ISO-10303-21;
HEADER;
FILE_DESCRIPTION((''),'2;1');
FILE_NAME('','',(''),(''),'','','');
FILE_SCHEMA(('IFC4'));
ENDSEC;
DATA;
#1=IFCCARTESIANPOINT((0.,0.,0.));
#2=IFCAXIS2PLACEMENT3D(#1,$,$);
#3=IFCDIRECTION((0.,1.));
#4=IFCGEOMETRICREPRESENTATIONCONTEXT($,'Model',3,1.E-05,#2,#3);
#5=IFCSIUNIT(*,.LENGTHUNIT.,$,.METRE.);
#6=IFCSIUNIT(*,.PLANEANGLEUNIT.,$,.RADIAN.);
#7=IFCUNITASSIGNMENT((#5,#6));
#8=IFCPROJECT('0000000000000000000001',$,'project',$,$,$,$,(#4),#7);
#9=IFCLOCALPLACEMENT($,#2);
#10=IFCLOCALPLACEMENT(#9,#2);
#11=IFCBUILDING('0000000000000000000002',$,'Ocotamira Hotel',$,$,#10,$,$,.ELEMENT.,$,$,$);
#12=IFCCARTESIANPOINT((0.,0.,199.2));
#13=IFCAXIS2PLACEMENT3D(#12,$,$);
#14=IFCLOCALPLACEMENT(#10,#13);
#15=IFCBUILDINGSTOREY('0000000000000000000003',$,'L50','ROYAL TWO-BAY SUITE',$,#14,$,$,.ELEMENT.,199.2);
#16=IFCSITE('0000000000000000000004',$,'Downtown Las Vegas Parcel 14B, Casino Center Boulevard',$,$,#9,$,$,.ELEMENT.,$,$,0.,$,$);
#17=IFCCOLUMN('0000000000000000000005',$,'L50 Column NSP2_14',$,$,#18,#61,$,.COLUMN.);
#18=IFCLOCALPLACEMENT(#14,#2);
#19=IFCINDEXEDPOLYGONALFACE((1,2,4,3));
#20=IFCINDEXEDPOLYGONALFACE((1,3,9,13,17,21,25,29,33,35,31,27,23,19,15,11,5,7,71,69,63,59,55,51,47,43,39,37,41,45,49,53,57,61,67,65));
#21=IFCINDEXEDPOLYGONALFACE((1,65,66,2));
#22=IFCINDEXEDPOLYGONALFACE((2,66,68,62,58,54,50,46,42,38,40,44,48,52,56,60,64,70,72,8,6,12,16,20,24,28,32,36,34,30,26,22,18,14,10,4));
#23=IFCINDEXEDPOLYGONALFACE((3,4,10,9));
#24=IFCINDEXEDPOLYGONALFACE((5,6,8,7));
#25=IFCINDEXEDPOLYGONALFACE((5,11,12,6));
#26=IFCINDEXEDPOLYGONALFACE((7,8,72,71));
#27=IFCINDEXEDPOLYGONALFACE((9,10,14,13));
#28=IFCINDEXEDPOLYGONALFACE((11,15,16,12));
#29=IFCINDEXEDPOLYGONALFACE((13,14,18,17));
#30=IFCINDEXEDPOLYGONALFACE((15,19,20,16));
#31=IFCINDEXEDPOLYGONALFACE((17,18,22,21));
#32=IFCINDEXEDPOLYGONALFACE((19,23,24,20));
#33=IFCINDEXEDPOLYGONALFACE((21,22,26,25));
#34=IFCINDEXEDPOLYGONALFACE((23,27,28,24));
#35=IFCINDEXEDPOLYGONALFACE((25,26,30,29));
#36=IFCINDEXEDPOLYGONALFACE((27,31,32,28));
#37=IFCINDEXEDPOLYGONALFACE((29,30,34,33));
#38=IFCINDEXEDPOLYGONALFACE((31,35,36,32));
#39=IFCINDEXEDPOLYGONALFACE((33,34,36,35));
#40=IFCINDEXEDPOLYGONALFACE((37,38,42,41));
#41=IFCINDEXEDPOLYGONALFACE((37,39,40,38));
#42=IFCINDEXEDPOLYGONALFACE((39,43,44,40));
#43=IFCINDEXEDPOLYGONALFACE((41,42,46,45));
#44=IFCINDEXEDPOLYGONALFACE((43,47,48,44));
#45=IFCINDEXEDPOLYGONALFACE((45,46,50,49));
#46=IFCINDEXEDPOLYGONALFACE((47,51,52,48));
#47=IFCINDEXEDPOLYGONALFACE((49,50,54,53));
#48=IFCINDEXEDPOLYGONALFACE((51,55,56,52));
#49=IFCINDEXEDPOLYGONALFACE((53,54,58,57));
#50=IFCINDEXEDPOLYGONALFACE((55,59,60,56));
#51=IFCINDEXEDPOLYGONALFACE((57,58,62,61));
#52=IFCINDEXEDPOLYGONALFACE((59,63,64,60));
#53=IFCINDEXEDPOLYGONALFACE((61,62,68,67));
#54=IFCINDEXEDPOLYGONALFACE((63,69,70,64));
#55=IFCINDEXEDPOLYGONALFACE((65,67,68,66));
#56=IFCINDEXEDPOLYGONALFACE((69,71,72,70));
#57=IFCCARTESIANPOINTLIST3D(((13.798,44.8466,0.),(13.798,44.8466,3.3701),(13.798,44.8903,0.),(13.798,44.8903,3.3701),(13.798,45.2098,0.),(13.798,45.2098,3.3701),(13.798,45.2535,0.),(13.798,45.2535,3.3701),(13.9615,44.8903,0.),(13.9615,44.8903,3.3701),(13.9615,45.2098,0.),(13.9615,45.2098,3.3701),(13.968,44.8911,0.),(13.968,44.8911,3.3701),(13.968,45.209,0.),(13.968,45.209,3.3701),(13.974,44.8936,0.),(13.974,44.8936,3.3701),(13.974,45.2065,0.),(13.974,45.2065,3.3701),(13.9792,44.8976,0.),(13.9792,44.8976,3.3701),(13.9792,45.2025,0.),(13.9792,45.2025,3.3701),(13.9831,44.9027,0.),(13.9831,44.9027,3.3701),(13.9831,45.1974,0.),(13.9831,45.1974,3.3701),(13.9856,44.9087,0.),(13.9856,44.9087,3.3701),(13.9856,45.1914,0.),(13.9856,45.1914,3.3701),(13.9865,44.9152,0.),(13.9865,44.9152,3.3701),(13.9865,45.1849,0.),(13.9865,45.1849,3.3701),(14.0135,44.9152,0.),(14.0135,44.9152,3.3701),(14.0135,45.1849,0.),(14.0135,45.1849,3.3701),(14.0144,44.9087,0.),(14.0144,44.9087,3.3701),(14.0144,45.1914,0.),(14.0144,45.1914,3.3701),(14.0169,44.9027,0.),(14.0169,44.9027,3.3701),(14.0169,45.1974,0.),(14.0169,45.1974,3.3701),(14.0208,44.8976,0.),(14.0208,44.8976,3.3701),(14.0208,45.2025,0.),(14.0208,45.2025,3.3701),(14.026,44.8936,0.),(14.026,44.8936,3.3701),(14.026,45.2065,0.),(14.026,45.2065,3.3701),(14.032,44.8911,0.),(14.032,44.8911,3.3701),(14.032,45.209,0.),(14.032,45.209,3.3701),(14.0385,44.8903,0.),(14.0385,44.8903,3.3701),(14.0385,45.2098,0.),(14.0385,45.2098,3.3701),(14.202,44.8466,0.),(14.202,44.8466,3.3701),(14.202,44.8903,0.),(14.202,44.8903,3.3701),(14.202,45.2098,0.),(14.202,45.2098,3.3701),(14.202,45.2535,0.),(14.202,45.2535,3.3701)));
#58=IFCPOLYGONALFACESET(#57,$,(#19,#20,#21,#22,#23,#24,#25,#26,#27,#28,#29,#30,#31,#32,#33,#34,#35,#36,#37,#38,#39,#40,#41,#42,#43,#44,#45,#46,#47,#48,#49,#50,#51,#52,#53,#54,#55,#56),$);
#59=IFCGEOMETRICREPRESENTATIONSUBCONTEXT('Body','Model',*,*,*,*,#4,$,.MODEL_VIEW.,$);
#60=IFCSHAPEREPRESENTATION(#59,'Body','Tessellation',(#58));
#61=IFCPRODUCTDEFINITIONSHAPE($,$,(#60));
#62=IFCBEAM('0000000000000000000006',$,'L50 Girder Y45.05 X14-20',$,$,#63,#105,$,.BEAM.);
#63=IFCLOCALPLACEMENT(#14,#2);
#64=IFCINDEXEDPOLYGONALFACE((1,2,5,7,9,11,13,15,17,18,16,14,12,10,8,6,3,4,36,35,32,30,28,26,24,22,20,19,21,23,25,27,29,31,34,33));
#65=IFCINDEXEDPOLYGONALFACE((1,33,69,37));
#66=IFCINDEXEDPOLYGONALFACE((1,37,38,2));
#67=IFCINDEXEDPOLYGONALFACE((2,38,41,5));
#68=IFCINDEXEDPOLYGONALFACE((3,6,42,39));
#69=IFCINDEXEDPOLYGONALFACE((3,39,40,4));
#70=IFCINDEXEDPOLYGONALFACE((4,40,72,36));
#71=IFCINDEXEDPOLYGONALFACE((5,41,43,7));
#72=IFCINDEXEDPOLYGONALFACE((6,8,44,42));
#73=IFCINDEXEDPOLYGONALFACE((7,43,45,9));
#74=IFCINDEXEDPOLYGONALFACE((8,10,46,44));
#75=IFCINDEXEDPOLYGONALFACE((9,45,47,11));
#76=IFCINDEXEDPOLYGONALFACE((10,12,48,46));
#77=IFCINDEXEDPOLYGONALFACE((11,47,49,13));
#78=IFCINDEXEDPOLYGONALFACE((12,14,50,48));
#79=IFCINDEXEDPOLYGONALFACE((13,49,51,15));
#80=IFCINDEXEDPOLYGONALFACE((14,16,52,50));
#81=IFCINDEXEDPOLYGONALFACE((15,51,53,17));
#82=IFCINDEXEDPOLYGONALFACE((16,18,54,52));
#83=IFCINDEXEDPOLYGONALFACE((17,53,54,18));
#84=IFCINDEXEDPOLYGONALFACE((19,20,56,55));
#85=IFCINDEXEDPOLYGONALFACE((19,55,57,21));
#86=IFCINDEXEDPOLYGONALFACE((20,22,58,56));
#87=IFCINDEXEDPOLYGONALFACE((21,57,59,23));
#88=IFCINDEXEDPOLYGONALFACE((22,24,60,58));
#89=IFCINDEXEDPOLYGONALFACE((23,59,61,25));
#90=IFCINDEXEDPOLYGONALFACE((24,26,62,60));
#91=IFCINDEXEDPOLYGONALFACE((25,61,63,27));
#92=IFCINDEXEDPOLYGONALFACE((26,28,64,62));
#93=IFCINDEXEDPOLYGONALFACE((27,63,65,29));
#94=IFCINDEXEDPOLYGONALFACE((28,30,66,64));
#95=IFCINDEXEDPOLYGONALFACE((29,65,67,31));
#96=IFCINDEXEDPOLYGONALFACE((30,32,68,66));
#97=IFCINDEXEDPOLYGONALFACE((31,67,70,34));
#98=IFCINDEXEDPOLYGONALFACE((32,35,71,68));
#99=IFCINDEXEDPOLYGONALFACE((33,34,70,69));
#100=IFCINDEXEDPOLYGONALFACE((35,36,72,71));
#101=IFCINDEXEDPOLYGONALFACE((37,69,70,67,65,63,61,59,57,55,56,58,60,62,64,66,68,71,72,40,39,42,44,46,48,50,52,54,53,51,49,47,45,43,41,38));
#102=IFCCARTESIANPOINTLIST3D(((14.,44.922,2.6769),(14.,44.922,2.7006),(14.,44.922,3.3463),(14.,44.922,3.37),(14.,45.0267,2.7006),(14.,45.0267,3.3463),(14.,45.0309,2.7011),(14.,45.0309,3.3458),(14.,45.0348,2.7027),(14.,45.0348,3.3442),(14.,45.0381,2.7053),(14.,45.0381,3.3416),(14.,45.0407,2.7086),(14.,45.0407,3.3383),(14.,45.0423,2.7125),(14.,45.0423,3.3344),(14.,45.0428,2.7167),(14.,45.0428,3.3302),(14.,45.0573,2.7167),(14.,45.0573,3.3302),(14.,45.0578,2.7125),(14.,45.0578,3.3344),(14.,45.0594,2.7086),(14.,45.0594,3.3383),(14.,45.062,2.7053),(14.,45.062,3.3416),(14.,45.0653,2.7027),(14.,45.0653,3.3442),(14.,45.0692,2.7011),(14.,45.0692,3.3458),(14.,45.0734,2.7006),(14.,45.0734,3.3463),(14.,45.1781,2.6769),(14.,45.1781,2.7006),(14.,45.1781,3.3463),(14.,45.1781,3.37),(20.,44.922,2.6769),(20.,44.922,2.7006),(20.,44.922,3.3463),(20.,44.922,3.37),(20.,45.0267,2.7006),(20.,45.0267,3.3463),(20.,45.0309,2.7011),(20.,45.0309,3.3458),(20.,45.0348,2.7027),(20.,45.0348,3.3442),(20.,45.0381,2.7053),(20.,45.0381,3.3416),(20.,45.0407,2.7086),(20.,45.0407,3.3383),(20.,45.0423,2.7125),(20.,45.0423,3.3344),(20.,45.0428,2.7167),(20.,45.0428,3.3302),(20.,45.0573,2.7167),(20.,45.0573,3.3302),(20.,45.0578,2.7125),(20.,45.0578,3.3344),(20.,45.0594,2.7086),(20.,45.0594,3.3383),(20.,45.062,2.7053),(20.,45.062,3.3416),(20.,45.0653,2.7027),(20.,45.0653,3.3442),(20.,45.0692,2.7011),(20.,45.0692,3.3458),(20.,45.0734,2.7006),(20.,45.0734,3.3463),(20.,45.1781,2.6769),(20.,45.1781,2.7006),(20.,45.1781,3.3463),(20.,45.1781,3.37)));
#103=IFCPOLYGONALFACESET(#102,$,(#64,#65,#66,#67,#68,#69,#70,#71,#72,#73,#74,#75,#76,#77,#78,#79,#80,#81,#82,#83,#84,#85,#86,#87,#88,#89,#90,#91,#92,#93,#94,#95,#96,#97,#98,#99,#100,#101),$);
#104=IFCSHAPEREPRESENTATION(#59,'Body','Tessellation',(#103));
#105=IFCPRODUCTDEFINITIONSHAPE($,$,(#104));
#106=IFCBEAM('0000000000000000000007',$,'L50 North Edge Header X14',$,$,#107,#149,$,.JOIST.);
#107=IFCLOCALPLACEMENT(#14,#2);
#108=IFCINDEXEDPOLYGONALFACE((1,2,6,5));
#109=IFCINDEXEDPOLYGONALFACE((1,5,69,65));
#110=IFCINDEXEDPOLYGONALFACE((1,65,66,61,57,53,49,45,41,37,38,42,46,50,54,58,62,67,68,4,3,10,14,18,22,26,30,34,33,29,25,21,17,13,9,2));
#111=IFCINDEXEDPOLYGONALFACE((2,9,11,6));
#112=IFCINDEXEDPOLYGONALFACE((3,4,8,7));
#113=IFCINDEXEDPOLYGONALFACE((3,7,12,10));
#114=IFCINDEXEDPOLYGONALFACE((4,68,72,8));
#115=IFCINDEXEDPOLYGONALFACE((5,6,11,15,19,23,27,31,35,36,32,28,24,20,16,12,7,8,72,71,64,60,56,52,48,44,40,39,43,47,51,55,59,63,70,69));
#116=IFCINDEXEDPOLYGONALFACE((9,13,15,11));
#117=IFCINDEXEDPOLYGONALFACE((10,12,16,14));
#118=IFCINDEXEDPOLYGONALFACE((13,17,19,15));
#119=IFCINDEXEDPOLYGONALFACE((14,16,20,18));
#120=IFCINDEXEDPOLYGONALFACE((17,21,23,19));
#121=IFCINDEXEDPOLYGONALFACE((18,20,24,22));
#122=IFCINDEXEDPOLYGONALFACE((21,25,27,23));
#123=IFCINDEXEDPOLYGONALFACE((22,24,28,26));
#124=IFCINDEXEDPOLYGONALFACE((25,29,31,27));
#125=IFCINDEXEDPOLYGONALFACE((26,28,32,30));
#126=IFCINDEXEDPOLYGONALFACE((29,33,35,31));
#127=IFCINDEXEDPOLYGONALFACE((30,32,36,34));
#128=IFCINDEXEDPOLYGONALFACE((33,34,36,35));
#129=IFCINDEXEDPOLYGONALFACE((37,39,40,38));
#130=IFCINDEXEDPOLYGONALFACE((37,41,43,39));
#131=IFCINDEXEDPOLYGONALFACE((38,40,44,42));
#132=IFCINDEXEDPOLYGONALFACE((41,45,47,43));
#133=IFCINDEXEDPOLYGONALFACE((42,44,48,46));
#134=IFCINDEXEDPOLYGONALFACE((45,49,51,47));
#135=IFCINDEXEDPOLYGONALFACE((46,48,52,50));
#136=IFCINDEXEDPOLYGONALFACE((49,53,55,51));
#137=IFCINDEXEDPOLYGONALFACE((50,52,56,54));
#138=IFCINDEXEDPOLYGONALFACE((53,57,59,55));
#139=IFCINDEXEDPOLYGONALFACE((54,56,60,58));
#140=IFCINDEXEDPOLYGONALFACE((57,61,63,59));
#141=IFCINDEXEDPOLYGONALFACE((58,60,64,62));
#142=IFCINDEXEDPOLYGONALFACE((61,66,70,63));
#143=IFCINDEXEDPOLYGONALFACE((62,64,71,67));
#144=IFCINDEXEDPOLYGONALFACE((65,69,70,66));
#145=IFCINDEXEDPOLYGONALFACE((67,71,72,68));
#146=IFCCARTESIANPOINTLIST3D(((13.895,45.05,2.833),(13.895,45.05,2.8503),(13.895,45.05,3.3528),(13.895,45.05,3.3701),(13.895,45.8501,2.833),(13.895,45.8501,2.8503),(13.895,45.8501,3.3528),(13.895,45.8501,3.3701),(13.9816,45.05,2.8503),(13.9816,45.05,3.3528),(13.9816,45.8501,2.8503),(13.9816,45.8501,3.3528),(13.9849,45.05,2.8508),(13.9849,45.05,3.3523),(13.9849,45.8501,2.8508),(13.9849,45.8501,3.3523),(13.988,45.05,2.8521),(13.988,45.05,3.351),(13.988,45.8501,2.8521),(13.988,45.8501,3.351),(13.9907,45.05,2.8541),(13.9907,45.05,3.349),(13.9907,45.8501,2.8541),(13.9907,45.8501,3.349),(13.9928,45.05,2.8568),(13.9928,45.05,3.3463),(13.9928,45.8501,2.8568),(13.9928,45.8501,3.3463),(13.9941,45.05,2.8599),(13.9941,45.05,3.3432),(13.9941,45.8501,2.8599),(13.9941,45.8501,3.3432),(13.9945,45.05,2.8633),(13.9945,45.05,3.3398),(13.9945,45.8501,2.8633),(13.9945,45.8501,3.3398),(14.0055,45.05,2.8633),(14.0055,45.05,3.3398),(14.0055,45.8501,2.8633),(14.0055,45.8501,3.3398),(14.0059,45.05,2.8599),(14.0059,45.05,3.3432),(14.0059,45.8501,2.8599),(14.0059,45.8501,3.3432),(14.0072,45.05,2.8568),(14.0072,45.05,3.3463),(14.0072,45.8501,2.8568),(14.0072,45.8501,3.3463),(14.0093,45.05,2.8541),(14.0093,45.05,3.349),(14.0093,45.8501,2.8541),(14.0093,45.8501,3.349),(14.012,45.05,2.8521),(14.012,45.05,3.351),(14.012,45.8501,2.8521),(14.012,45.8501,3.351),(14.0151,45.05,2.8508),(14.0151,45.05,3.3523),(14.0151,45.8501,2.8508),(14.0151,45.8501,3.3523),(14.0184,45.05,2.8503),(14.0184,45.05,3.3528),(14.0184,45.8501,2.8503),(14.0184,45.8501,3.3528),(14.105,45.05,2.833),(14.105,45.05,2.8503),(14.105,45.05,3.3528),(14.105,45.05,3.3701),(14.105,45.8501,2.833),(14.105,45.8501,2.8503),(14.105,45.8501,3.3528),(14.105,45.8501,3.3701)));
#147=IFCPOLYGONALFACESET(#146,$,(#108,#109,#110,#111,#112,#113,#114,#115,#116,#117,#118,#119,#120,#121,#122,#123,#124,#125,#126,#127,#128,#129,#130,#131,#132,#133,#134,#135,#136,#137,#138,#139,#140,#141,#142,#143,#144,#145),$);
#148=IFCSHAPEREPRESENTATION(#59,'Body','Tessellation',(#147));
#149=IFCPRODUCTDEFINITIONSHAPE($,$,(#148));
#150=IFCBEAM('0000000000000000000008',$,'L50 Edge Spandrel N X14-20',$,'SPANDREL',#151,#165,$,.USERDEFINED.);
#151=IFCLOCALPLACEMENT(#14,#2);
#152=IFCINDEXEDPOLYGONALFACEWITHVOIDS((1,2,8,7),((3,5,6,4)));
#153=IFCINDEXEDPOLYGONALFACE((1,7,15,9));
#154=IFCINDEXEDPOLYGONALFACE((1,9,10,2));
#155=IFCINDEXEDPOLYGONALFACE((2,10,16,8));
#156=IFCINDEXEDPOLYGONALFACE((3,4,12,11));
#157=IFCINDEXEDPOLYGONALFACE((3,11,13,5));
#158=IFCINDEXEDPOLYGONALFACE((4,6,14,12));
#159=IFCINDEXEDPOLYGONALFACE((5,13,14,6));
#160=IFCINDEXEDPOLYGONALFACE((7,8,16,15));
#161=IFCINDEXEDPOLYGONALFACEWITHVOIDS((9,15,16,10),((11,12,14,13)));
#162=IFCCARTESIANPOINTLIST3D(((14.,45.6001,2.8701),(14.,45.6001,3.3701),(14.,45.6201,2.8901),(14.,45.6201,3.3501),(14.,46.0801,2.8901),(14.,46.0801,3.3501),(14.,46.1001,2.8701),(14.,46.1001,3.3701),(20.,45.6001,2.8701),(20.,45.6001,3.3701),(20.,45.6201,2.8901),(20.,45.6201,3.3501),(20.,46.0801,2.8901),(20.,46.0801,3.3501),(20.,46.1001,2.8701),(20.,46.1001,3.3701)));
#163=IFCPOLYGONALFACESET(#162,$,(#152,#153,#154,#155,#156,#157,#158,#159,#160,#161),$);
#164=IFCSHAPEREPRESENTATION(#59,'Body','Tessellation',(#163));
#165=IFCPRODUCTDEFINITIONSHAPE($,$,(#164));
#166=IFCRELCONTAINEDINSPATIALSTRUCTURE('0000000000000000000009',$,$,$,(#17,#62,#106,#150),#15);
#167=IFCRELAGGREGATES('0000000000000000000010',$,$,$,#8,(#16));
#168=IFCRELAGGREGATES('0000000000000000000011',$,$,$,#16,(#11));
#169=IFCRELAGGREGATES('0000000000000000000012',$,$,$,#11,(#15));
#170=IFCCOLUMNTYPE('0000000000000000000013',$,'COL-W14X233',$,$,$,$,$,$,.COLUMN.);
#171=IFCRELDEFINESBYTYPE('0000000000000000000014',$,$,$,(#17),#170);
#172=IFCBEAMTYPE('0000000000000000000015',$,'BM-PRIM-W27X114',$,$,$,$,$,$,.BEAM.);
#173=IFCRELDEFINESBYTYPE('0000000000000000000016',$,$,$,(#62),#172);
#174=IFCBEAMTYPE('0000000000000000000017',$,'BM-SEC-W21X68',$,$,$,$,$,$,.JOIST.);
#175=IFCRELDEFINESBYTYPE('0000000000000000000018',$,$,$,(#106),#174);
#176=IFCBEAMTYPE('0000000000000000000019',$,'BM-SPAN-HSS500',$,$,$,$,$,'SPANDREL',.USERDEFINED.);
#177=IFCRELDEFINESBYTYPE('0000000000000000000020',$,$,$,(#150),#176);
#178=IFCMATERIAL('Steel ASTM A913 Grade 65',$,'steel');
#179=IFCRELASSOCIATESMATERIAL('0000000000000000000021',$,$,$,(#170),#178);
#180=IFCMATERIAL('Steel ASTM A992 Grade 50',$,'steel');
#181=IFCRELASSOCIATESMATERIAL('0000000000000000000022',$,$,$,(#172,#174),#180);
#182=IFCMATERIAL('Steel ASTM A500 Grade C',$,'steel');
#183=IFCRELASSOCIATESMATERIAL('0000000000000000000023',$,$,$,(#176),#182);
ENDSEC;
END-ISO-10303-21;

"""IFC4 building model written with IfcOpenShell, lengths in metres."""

from ifc_helpers import new_model, si_unit, direction, frame, origin, origin_2d, place, context, subcontext, project, spatial, hollow_rectangle, i_section, extrude, source, transform, mapped, material, material_profile, profile_set, type_object, element, save


model = new_model("IFC4")

# Units and contexts
model_context = context("Model", 3, precision=1e-05, world=origin(), true_north=direction((0.0, 1.0)))
body_context = subcontext(model_context, "Body", "Model", "MODEL_VIEW")
ifc_project = project(units=[si_unit("LENGTHUNIT", "METRE"), si_unit("PLANEANGLEUNIT", "RADIAN")], contexts=[model_context])

# Site, building, storey
site_placement = place(None, origin())
site = spatial("IfcSite", under=ifc_project, at=site_placement, Name="Downtown Las Vegas Parcel 14B, Casino Center Boulevard", CompositionType="ELEMENT", RefElevation=0.0)
building_placement = place(site_placement, origin())
building = spatial("IfcBuilding", under=site, at=building_placement, Name="Ocotamira Hotel", CompositionType="ELEMENT")
storey_placement = place(building_placement, frame((0.0, 0.0, 199.2)))
storey = spatial("IfcBuildingStorey", under=building, at=storey_placement, Name="L50", Description="ROYAL TWO-BAY SUITE", CompositionType="ELEMENT", Elevation=199.2)

# Column
ifc_material_1 = material(Name="Steel ASTM A913 Grade 65", Category="steel")
ifc_material_profile_1 = material_profile(ifc_material_1, i_section(OverallWidth=0.4041, OverallDepth=0.407, WebThickness=0.0271, FlangeThickness=0.0437, FilletRadius=0.0249, at=origin_2d()), Name="W14X233")
ifc_profile_set_1 = profile_set([ifc_material_profile_1], Name="Steel ASTM A913 Grade 65")
column_type = type_object("IfcColumnType", Name="COL-W14X233", PredefinedType="COLUMN", material=ifc_profile_set_1)
shared_shape_1 = source(origin(), body_context, "Body", "SweptSolid", [
    extrude(i_section(OverallWidth=0.4041, OverallDepth=0.407, WebThickness=0.0271, FlangeThickness=0.0437, FilletRadius=0.0249, at=origin_2d()), origin(), (0.0, 0.0, 1.0), 3.3701),
])
column_placement = place(storey_placement, frame((14.0, 45.05, 0.0), z_axis=(0.0, 0.0, 1.0), x_axis=(1.0, 0.0, 0.0)))
element("IfcColumn", 1, at=column_placement, inside=storey, type_object=column_type, Name="L50 Column NSP2_14", PredefinedType="COLUMN", context=body_context, shape_type="MappedRepresentation", body=[
    mapped(shared_shape_1, transform((0.0, 0.0, 0.0), scale=1.0)),
])

# Beams
ifc_material_2 = material(Name="Steel ASTM A992 Grade 50", Category="steel")
ifc_material_profile_2 = material_profile(ifc_material_2, i_section(OverallWidth=0.2561, OverallDepth=0.6931, WebThickness=0.0144, FlangeThickness=0.0237, FilletRadius=0.0161, at=origin_2d()), Name="W27X114")
ifc_profile_set_2 = profile_set([ifc_material_profile_2], Name="Steel ASTM A992 Grade 50")
beam_type_1 = type_object("IfcBeamType", Name="BM-PRIM-W27X114", PredefinedType="BEAM", material=ifc_profile_set_2)
shared_shape_2 = source(origin(), body_context, "Body", "SweptSolid", [
    extrude(i_section(OverallWidth=0.2561, OverallDepth=0.6931, WebThickness=0.0144, FlangeThickness=0.0237, FilletRadius=0.0161, at=origin_2d()), origin(), (0.0, 0.0, 1.0), 6.0),
])
beam_1_placement = place(storey_placement, frame((14.0, 45.05, 3.0234), z_axis=(1.0, 0.0, 0.0), x_axis=(0.0, 1.0, 0.0)))
element("IfcBeam", 2, at=beam_1_placement, inside=storey, type_object=beam_type_1, Name="L50 Girder Y45.05 X14-20", PredefinedType="BEAM", context=body_context, shape_type="MappedRepresentation", body=[
    mapped(shared_shape_2, transform((0.0, 0.0, 0.0), scale=1.0)),
])
ifc_material_profile_3 = material_profile(ifc_material_2, i_section(OverallWidth=0.21, OverallDepth=0.5371, WebThickness=0.011, FlangeThickness=0.0173, FilletRadius=0.0129, at=origin_2d()), Name="W21X68")
ifc_profile_set_3 = profile_set([ifc_material_profile_3], Name="Steel ASTM A992 Grade 50")
beam_type_2 = type_object("IfcBeamType", Name="BM-SEC-W21X68", PredefinedType="JOIST", material=ifc_profile_set_3)
shared_shape_3 = source(origin(), body_context, "Body", "SweptSolid", [
    extrude(i_section(OverallWidth=0.21, OverallDepth=0.5371, WebThickness=0.011, FlangeThickness=0.0173, FilletRadius=0.0129, at=origin_2d()), origin(), (0.0, 0.0, 1.0), 0.8),
])
beam_2_placement = place(storey_placement, frame((14.0, 45.05, 3.1016), z_axis=(0.0, 1.0, 0.0), x_axis=(-1.0, 0.0, 0.0)))
element("IfcBeam", 3, at=beam_2_placement, inside=storey, type_object=beam_type_2, Name="L50 North Edge Header X14", PredefinedType="JOIST", context=body_context, shape_type="MappedRepresentation", body=[
    mapped(shared_shape_3, transform((0.0, 0.0, 0.0), scale=1.0)),
])
ifc_material_3 = material(Name="Steel ASTM A500 Grade C", Category="steel")
ifc_material_profile_4 = material_profile(ifc_material_3, hollow_rectangle(XDim=0.5, YDim=0.5, WallThickness=0.02, at=origin_2d()), Name="HSS500X500X20")
ifc_profile_set_4 = profile_set([ifc_material_profile_4], Name="Steel ASTM A500 Grade C")
beam_type_3 = type_object("IfcBeamType", Name="BM-SPAN-HSS500", ElementType="SPANDREL", PredefinedType="USERDEFINED", material=ifc_profile_set_4)
shared_shape_4 = source(origin(), body_context, "Body", "SweptSolid", [
    extrude(hollow_rectangle(XDim=0.5, YDim=0.5, WallThickness=0.02, at=origin_2d()), origin(), (0.0, 0.0, 1.0), 6.0),
])
beam_3_placement = place(storey_placement, frame((14.0, 45.8501, 3.1201), z_axis=(1.0, 0.0, 0.0), x_axis=(0.0, 1.0, 0.0)))
element("IfcBeam", 4, at=beam_3_placement, inside=storey, type_object=beam_type_3, Name="L50 Edge Spandrel N X14-20", ObjectType="SPANDREL", PredefinedType="USERDEFINED", context=body_context, shape_type="MappedRepresentation", body=[
    mapped(shared_shape_4, transform((0.0, 0.0, 0.0), scale=1.0)),
])

save(model, "model.ifc")
